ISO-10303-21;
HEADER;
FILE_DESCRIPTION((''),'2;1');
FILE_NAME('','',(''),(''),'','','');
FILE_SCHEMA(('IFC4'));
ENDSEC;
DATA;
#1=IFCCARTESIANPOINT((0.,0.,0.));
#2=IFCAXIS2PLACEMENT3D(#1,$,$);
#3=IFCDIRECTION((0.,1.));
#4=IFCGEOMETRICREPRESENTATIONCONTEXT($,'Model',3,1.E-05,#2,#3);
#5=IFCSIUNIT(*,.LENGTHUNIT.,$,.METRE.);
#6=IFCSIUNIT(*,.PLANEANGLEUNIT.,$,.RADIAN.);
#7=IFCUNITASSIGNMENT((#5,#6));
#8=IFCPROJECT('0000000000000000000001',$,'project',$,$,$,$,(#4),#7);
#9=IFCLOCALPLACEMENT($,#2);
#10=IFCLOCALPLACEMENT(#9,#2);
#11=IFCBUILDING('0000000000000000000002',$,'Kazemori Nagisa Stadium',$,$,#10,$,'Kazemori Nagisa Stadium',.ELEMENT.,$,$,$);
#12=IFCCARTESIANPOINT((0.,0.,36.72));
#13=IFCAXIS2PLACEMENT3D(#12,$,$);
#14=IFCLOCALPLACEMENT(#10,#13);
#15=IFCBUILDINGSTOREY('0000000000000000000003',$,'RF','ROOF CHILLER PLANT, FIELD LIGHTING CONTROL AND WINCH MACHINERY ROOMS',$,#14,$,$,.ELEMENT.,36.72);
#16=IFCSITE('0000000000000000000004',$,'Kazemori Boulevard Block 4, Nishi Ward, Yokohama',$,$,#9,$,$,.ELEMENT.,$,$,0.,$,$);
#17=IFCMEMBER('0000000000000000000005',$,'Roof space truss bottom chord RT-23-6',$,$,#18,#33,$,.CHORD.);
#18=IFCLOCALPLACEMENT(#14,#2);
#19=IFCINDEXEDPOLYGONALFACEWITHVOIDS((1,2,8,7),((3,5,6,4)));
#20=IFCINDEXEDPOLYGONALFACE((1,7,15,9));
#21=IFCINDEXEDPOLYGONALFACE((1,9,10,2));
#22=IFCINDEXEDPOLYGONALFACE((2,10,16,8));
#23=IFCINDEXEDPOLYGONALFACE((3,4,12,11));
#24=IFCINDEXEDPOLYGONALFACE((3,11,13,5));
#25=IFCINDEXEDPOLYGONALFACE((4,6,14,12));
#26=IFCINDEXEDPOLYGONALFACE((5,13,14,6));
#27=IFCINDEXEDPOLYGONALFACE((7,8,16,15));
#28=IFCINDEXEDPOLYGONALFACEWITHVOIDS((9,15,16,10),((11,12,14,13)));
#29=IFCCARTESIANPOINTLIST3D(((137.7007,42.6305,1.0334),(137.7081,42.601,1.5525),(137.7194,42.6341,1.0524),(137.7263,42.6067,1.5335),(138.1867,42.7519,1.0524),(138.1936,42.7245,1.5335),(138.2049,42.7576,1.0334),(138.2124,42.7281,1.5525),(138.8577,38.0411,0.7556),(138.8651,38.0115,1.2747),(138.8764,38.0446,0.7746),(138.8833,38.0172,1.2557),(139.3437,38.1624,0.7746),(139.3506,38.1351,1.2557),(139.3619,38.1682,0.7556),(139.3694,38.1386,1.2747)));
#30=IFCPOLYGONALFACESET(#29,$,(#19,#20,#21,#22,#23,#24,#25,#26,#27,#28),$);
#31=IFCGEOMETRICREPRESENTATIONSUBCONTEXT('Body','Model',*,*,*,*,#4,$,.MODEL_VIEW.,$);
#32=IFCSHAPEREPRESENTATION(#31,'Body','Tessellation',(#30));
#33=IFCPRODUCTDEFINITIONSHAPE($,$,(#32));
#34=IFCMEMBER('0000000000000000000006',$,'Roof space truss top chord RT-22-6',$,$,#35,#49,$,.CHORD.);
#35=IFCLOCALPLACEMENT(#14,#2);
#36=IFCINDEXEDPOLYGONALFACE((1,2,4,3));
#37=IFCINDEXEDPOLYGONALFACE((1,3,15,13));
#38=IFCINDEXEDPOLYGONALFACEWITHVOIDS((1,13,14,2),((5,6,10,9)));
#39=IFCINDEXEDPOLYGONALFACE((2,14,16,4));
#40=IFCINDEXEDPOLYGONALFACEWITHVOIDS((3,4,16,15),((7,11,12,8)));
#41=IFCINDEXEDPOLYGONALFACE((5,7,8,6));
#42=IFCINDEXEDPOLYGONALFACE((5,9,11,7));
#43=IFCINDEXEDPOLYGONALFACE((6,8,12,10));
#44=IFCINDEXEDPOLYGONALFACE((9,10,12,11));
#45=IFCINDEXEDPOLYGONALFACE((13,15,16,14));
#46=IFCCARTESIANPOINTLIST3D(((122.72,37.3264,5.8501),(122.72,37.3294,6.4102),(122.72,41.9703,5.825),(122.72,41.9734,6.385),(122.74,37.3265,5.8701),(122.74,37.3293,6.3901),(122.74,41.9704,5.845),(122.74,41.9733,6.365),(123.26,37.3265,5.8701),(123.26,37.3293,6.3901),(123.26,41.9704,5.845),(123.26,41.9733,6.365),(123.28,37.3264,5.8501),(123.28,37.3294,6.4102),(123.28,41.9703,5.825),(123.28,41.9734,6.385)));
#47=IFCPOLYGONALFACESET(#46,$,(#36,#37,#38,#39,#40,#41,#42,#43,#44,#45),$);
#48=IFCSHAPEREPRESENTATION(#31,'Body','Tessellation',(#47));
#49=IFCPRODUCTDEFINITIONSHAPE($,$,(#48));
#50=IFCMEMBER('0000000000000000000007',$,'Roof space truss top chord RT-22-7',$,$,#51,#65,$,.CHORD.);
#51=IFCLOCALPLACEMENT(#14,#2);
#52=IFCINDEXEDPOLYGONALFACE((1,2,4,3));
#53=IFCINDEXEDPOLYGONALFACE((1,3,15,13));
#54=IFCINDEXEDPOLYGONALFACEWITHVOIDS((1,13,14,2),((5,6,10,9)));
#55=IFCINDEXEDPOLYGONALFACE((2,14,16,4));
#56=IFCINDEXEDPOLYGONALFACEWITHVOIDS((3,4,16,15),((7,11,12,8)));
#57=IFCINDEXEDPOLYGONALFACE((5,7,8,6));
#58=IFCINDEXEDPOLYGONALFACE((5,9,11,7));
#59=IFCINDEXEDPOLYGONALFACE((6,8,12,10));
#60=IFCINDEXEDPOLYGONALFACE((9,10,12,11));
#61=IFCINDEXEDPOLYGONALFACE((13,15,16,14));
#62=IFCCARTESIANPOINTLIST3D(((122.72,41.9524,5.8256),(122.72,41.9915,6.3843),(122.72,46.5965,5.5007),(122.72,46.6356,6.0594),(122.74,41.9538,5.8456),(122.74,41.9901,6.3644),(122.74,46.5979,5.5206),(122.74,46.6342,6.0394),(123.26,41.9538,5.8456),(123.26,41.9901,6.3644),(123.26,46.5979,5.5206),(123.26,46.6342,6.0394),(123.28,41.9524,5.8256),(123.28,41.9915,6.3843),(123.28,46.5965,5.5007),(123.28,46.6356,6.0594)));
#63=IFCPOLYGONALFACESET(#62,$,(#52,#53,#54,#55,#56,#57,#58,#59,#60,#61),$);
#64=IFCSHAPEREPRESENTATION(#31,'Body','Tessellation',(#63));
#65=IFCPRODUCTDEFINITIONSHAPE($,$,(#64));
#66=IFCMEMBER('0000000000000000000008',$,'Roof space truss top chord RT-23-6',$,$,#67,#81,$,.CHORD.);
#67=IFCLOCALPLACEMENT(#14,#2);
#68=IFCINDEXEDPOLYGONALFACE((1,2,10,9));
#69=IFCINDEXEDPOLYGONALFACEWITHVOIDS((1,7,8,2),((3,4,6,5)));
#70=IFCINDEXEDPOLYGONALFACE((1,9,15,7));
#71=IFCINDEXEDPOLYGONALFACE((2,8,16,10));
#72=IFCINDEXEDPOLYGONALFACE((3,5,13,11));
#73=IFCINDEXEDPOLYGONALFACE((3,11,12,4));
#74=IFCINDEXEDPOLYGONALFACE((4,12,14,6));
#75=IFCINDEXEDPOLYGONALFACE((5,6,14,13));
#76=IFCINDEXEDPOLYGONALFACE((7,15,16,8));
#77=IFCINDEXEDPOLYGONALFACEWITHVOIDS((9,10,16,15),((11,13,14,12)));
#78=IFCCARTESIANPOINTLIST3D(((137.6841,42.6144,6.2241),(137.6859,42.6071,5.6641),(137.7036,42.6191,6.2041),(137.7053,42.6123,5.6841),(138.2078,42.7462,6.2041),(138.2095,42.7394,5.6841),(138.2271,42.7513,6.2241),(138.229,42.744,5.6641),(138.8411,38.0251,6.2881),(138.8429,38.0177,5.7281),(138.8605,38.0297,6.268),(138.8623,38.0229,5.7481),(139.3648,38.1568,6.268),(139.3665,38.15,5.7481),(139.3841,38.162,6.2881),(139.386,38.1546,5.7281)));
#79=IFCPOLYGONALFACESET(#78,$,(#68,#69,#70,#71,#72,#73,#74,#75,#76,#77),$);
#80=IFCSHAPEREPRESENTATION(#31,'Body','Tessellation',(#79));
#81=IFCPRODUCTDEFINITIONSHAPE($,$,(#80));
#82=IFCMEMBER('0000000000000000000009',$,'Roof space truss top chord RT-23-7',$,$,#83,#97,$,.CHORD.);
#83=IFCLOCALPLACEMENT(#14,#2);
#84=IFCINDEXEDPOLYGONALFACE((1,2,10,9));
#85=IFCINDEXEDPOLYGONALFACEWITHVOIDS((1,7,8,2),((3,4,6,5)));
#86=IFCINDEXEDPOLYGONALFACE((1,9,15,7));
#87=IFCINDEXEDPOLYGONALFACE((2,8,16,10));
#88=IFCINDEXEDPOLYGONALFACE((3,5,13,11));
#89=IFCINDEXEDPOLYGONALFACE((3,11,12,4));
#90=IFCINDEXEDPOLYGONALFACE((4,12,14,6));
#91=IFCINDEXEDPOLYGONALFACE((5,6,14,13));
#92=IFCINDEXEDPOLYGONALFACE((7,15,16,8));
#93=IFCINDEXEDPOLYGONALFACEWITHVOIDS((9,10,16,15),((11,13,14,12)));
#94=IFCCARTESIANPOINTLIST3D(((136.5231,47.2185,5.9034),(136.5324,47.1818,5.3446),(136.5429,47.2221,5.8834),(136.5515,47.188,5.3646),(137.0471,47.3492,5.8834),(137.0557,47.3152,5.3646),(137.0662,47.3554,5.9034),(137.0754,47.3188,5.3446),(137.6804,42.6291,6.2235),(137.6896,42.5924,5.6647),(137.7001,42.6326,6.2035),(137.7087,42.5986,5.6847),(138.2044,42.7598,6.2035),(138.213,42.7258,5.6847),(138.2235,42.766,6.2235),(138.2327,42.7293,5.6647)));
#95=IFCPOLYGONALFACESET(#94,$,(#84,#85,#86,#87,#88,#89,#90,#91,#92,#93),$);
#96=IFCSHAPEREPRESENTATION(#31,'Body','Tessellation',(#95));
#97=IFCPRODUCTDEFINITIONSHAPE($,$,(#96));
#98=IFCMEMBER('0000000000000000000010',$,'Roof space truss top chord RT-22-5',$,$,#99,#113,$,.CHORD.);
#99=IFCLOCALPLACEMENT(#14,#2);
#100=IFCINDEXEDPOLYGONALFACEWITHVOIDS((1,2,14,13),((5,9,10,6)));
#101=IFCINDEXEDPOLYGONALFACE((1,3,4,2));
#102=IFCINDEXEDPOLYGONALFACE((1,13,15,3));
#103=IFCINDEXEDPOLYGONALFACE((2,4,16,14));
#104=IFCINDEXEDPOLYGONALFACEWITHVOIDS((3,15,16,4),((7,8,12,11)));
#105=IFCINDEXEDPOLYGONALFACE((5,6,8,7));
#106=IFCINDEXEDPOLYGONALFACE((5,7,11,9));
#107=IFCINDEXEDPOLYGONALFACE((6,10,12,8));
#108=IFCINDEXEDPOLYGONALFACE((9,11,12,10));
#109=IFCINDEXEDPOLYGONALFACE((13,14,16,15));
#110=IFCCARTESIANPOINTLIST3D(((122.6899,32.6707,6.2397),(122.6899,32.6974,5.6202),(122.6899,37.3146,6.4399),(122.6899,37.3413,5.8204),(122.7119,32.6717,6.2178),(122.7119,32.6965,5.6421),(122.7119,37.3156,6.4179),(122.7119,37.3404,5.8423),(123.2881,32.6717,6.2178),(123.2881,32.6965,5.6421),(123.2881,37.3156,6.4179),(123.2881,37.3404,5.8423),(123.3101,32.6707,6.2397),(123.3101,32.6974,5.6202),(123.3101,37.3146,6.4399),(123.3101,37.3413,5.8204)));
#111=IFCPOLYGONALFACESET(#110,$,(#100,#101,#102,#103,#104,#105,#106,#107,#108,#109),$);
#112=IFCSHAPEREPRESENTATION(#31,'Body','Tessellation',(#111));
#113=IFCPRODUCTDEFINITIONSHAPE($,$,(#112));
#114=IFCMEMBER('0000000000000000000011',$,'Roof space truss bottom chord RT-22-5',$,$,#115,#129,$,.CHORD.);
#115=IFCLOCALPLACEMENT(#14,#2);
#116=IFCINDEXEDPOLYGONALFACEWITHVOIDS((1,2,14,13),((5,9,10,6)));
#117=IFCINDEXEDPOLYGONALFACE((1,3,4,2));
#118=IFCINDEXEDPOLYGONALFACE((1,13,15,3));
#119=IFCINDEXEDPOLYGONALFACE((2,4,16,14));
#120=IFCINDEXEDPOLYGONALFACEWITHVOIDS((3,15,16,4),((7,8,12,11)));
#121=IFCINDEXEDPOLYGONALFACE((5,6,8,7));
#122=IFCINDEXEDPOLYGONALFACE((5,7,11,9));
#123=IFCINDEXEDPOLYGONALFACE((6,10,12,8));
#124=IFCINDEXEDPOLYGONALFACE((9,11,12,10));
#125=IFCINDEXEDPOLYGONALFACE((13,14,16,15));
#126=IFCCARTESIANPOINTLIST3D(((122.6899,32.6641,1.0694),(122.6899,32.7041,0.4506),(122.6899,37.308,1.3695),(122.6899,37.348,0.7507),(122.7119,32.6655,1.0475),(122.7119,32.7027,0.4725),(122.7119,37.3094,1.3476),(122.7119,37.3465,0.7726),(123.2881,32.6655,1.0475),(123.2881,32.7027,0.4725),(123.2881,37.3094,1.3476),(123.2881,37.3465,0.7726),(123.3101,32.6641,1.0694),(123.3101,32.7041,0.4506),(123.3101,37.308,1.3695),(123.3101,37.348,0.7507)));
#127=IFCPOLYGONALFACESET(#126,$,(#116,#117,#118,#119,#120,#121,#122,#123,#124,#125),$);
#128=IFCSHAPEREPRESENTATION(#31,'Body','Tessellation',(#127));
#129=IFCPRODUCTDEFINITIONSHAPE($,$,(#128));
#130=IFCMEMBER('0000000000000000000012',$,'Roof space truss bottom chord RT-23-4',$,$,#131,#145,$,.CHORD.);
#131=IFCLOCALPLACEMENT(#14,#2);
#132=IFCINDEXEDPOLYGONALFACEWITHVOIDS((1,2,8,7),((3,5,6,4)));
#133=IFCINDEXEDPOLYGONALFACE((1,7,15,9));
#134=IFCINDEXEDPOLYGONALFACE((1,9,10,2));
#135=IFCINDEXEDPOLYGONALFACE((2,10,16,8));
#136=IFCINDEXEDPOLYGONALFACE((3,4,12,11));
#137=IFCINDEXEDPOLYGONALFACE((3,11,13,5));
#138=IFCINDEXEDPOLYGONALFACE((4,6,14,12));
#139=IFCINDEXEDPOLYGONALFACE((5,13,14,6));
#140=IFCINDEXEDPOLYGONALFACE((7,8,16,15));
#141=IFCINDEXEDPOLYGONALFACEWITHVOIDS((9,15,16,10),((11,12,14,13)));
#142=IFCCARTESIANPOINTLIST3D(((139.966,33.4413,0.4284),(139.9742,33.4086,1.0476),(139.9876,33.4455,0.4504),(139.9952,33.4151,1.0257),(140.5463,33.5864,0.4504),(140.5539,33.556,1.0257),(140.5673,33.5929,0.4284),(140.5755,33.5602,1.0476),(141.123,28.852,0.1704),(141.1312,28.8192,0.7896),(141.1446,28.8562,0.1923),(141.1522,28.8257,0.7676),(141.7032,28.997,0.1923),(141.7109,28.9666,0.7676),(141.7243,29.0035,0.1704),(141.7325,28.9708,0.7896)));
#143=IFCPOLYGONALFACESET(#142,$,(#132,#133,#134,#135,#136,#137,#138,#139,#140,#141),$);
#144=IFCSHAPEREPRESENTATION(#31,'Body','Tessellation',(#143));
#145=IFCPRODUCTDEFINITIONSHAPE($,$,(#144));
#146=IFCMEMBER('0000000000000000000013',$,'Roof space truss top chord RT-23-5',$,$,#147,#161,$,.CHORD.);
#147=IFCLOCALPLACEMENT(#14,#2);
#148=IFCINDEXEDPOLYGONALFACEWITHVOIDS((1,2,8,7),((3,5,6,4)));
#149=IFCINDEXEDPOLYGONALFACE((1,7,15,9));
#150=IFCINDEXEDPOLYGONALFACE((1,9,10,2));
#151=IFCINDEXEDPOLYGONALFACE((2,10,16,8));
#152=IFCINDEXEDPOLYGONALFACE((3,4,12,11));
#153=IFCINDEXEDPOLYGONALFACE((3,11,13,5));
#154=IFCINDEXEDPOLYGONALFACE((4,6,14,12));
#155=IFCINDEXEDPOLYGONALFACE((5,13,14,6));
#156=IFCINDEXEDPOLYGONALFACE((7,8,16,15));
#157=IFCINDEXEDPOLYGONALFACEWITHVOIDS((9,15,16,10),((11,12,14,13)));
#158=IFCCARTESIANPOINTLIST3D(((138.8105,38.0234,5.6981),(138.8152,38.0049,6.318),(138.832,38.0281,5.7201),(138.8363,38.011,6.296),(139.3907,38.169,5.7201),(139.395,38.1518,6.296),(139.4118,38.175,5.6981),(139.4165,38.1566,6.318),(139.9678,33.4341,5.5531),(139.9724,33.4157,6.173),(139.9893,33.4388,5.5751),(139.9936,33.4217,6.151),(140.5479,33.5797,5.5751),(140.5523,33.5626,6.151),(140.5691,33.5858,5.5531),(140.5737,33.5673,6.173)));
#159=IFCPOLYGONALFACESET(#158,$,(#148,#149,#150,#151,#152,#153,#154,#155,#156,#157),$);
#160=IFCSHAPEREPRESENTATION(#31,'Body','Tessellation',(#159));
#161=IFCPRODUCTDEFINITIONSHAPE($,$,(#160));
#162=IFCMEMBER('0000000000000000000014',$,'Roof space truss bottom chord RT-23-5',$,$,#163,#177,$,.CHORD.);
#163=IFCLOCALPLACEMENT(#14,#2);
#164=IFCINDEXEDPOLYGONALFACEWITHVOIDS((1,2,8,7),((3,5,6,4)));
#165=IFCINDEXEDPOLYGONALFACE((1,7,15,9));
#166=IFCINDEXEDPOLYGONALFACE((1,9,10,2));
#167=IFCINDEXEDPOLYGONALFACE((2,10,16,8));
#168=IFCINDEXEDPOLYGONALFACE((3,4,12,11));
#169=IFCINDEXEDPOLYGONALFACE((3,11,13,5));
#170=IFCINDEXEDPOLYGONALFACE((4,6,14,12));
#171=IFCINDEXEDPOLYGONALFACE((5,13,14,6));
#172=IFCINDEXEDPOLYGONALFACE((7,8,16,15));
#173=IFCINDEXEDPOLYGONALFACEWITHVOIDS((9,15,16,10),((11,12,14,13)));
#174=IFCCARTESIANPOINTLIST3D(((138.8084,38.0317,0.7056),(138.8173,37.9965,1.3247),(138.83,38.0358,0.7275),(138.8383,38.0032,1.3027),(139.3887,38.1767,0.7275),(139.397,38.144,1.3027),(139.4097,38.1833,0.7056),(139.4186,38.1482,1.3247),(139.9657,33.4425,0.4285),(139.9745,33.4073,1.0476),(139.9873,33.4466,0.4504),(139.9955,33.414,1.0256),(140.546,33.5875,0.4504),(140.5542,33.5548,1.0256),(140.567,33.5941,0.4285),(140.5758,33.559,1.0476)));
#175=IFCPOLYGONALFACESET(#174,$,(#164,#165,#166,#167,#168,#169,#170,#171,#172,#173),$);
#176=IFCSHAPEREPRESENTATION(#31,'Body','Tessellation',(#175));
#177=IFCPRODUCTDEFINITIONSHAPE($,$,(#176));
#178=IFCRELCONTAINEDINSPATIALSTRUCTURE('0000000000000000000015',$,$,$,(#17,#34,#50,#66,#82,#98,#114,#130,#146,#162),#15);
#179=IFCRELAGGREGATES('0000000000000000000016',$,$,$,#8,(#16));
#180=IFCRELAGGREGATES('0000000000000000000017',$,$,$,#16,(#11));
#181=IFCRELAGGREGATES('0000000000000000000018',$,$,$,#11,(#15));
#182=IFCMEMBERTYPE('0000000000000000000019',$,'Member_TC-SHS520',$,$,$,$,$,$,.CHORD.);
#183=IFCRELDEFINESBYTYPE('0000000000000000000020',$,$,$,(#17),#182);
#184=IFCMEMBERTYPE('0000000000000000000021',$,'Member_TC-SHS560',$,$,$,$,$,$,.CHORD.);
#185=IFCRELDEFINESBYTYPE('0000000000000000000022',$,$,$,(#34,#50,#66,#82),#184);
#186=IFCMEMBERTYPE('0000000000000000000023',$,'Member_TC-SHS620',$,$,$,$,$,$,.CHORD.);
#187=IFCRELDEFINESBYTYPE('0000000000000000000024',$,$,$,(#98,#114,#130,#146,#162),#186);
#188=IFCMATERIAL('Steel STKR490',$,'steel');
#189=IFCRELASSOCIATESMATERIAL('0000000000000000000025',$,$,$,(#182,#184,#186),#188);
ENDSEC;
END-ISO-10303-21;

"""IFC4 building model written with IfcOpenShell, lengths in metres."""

from ifc_helpers import new_model, si_unit, direction, frame, origin, origin_2d, place, context, subcontext, project, spatial, hollow_rectangle, extrude, material, material_profile, profile_set, type_object, element, save


model = new_model("IFC4")

# Units and contexts
model_context = context("Model", 3, precision=1e-05, world=origin(), true_north=direction((0.0, 1.0)))
body_context = subcontext(model_context, "Body", "Model", "MODEL_VIEW")
ifc_project = project(units=[si_unit("LENGTHUNIT", "METRE"), si_unit("PLANEANGLEUNIT", "RADIAN")], contexts=[model_context])

# Site, building, storey
site_placement = place(None, origin())
site = spatial("IfcSite", under=ifc_project, at=site_placement, Name="Kazemori Boulevard Block 4, Nishi Ward, Yokohama", CompositionType="ELEMENT", RefElevation=0.0)
building_placement = place(site_placement, origin())
building = spatial("IfcBuilding", under=site, at=building_placement, Name="Kazemori Nagisa Stadium", LongName="Kazemori Nagisa Stadium", CompositionType="ELEMENT")
storey_placement = place(building_placement, frame((0.0, 0.0, 36.72)))
storey = spatial("IfcBuildingStorey", under=building, at=storey_placement, Name="RF", Description="ROOF CHILLER PLANT, FIELD LIGHTING CONTROL AND WINCH MACHINERY ROOMS", CompositionType="ELEMENT", Elevation=36.72)

# Members
ifc_material_1 = material(Name="Steel STKR490", Category="steel")
ifc_material_profile_1 = material_profile(ifc_material_1, hollow_rectangle(XDim=0.52, YDim=0.52, WallThickness=0.019, at=origin_2d()), Name="SHS-520x520x19")
ifc_profile_set_1 = profile_set([ifc_material_profile_1], Name="Steel STKR490")
member_type_1 = type_object("IfcMemberType", Name="Member_TC-SHS520", PredefinedType="CHORD", material=ifc_profile_set_1)
member_1_placement = place(storey_placement, frame((139.1135, 38.0898, 1.0151), z_axis=(-0.244033, 0.967995, 0.058601), x_axis=(-0.969661, -0.244453, 0.0)))
element("IfcMember", 1, at=member_1_placement, inside=storey, type_object=member_type_1, Name="Roof space truss bottom chord RT-23-6", PredefinedType="CHORD", context=body_context, shape_type="SweptSolid", body=[
    extrude(hollow_rectangle(XDim=0.52, YDim=0.52, WallThickness=0.019, at=origin_2d()), origin(), (0.0, 0.0, 1.0), 4.7412),
])
ifc_material_profile_2 = material_profile(ifc_material_1, hollow_rectangle(XDim=0.5601, YDim=0.5601, WallThickness=0.02, at=origin_2d()), Name="SHS-560x560x20")
ifc_profile_set_2 = profile_set([ifc_material_profile_2], Name="Steel STKR490")
member_type_2 = type_object("IfcMemberType", Name="Member_TC-SHS560", PredefinedType="CHORD", material=ifc_profile_set_2)
member_2_placement = place(storey_placement, frame((123.0, 37.3279, 6.1301), z_axis=(0.0, 0.999985, -0.005415), x_axis=(-1.0, 0.0, 0.0)))
element("IfcMember", 2, at=member_2_placement, inside=storey, type_object=member_type_2, Name="Roof space truss top chord RT-22-6", PredefinedType="CHORD", context=body_context, shape_type="SweptSolid", body=[
    extrude(hollow_rectangle(XDim=0.5601, YDim=0.5601, WallThickness=0.02, at=origin_2d()), origin(), (0.0, 0.0, 1.0), 4.644),
])
member_3_placement = place(storey_placement, frame((123.0, 41.9719, 6.105), z_axis=(0.0, 0.997561, -0.069801), x_axis=(-1.0, 0.0, 0.0)))
element("IfcMember", 3, at=member_3_placement, inside=storey, type_object=member_type_2, Name="Roof space truss top chord RT-22-7", PredefinedType="CHORD", context=body_context, shape_type="SweptSolid", body=[
    extrude(hollow_rectangle(XDim=0.5601, YDim=0.5601, WallThickness=0.02, at=origin_2d()), origin(), (0.0, 0.0, 1.0), 4.6555),
])
member_4_placement = place(storey_placement, frame((139.1135, 38.0898, 6.0081), z_axis=(-0.244431, 0.969573, -0.013514), x_axis=(-0.969661, -0.244453, 0.0)))
element("IfcMember", 4, at=member_4_placement, inside=storey, type_object=member_type_2, Name="Roof space truss top chord RT-23-6", PredefinedType="CHORD", context=body_context, shape_type="SweptSolid", body=[
    extrude(hollow_rectangle(XDim=0.5601, YDim=0.5601, WallThickness=0.02, at=origin_2d()), origin(), (0.0, 0.0, 1.0), 4.7334),
])
member_5_placement = place(storey_placement, frame((137.9565, 42.6792, 5.9441), z_axis=(-0.243944, 0.967439, -0.067471), x_axis=(-0.969649, -0.244501, 0.0)))
element("IfcMember", 5, at=member_5_placement, inside=storey, type_object=member_type_2, Name="Roof space truss top chord RT-23-7", PredefinedType="CHORD", context=body_context, shape_type="SweptSolid", body=[
    extrude(hollow_rectangle(XDim=0.5601, YDim=0.5601, WallThickness=0.02, at=origin_2d()), origin(), (0.0, 0.0, 1.0), 4.7439),
])
ifc_material_profile_3 = material_profile(ifc_material_1, hollow_rectangle(XDim=0.6201, YDim=0.6201, WallThickness=0.022, at=origin_2d()), Name="SHS-620x620x22")
ifc_profile_set_3 = profile_set([ifc_material_profile_3], Name="Steel STKR490")
member_type_3 = type_object("IfcMemberType", Name="Member_TC-SHS620", PredefinedType="CHORD", material=ifc_profile_set_3)
member_6_placement = place(storey_placement, frame((123.0, 32.6841, 5.9299), z_axis=(0.0, 0.999072, 0.04307), x_axis=(-1.0, 0.0, 0.0)))
element("IfcMember", 6, at=member_6_placement, inside=storey, type_object=member_type_3, Name="Roof space truss top chord RT-22-5", PredefinedType="CHORD", context=body_context, shape_type="SweptSolid", body=[
    extrude(hollow_rectangle(XDim=0.6201, YDim=0.6201, WallThickness=0.022, at=origin_2d()), origin(), (0.0, 0.0, 1.0), 4.6482),
])
member_7_placement = place(storey_placement, frame((123.0, 32.6841, 0.76), z_axis=(0.0, 0.997919, 0.064478), x_axis=(-1.0, 0.0, 0.0)))
element("IfcMember", 7, at=member_7_placement, inside=storey, type_object=member_type_3, Name="Roof space truss bottom chord RT-22-5", PredefinedType="CHORD", context=body_context, shape_type="SweptSolid", body=[
    extrude(hollow_rectangle(XDim=0.6201, YDim=0.6201, WallThickness=0.022, at=origin_2d()), origin(), (0.0, 0.0, 1.0), 4.6536),
])
member_8_placement = place(storey_placement, frame((141.4277, 28.9114, 0.48), z_axis=(-0.24409, 0.968223, 0.054443), x_axis=(-0.969661, -0.244453, 0.0)))
element("IfcMember", 8, at=member_8_placement, inside=storey, type_object=member_type_3, Name="Roof space truss bottom chord RT-23-4", PredefinedType="CHORD", context=body_context, shape_type="SweptSolid", body=[
    extrude(hollow_rectangle(XDim=0.6201, YDim=0.6201, WallThickness=0.022, at=origin_2d()), origin(), (0.0, 0.0, 1.0), 4.74),
])
member_9_placement = place(storey_placement, frame((140.2708, 33.5007, 5.863), z_axis=(-0.244399, 0.969191, 0.030627), x_axis=(-0.969646, -0.244514, 0.0)))
element("IfcMember", 9, at=member_9_placement, inside=storey, type_object=member_type_3, Name="Roof space truss top chord RT-23-5", PredefinedType="CHORD", context=body_context, shape_type="SweptSolid", body=[
    extrude(hollow_rectangle(XDim=0.6201, YDim=0.6201, WallThickness=0.022, at=origin_2d()), origin(), (0.0, 0.0, 1.0), 4.7351),
])
member_10_placement = place(storey_placement, frame((140.2708, 33.5007, 0.738), z_axis=(-0.244096, 0.967988, 0.058449), x_axis=(-0.969646, -0.244514, 0.0)))
element("IfcMember", 10, at=member_10_placement, inside=storey, type_object=member_type_3, Name="Roof space truss bottom chord RT-23-5", PredefinedType="CHORD", context=body_context, shape_type="SweptSolid", body=[
    extrude(hollow_rectangle(XDim=0.6201, YDim=0.6201, WallThickness=0.022, at=origin_2d()), origin(), (0.0, 0.0, 1.0), 4.741),
])

save(model, "model.ifc")
